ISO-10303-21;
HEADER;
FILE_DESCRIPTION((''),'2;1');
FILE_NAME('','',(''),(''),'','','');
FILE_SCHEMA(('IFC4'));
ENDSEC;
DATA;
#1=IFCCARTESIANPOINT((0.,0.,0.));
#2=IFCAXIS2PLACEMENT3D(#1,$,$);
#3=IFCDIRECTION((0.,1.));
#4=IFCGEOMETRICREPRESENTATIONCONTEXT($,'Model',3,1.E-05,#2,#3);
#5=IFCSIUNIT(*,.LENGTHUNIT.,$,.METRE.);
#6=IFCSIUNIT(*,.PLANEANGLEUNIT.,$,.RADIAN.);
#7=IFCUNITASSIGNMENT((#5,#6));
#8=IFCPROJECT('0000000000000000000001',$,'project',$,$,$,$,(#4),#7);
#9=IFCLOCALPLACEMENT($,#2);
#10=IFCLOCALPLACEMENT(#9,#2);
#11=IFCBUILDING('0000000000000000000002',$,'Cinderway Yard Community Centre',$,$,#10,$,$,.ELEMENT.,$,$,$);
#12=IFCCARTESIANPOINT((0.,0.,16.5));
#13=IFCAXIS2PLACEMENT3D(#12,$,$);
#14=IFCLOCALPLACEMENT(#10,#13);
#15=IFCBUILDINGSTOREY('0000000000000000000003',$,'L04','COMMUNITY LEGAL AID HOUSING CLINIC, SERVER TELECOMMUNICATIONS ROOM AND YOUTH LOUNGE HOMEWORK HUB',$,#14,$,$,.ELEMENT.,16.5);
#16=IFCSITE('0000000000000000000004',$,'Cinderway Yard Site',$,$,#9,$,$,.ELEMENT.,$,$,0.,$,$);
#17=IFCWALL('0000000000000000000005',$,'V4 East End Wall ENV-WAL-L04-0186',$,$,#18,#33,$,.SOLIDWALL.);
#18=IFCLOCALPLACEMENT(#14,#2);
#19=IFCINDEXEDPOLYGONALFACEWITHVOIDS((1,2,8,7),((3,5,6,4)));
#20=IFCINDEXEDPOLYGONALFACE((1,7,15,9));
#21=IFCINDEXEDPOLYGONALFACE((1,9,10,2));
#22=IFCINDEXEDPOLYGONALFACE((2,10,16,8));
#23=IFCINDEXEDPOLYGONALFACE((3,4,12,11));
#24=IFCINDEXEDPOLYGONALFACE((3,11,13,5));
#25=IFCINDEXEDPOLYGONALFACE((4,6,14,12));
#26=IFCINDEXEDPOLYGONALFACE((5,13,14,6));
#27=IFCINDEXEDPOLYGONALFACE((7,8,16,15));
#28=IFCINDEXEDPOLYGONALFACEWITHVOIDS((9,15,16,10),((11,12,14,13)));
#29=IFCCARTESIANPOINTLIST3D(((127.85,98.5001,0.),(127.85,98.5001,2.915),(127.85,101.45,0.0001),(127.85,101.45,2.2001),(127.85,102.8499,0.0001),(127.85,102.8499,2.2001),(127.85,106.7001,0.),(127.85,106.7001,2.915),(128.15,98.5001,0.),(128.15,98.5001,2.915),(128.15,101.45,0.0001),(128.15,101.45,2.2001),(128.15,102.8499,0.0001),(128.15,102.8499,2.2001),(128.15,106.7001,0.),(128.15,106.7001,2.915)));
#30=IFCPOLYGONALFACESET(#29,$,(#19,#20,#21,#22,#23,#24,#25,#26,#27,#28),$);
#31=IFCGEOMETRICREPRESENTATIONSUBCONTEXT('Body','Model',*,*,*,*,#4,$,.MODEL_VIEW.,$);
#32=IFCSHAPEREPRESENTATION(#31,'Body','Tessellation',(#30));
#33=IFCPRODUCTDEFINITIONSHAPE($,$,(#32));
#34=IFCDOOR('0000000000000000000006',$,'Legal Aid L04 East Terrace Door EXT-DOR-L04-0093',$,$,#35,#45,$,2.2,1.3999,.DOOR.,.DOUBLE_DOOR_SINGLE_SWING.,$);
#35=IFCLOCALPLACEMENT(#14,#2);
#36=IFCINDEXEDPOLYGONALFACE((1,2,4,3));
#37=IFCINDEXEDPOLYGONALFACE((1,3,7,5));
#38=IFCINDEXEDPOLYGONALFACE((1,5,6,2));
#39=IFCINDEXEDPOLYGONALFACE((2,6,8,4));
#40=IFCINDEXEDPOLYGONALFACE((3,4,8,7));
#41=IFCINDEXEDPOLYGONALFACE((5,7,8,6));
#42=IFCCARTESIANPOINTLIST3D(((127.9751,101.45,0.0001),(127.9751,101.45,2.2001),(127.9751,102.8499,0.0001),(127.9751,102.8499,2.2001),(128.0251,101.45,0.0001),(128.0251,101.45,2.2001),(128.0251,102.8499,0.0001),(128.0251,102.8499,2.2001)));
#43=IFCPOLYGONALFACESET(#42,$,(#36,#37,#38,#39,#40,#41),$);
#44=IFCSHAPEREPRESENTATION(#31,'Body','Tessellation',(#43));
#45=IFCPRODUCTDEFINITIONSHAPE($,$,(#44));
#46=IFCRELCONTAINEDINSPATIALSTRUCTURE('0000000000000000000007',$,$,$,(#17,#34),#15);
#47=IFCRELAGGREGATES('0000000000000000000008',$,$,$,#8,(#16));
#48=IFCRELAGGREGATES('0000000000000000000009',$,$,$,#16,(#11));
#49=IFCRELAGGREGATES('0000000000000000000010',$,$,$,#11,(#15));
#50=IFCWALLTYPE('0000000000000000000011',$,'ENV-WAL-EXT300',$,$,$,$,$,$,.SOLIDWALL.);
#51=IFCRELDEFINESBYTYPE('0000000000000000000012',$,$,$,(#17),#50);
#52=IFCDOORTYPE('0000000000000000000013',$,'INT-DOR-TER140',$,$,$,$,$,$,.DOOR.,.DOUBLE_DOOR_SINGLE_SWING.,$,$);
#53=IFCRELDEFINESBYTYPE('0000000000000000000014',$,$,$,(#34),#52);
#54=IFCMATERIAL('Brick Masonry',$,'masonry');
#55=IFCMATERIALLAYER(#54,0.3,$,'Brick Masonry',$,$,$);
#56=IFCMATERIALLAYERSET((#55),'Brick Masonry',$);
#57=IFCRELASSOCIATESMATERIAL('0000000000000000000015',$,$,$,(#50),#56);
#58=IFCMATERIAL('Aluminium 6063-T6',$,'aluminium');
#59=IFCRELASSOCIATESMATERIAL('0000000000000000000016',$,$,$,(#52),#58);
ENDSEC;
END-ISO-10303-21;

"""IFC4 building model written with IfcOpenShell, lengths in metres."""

from ifc_helpers import new_model, si_unit, direction, frame, frame_2d, origin, place, context, subcontext, project, spatial, rectangle, extrude, material, layer, layer_set, type_object, element, fill, save


model = new_model("IFC4")

# Units and contexts
model_context = context("Model", 3, precision=1e-05, world=origin(), true_north=direction((0.0, 1.0)))
body_context = subcontext(model_context, "Body", "Model", "MODEL_VIEW")
ifc_project = project(units=[si_unit("LENGTHUNIT", "METRE"), si_unit("PLANEANGLEUNIT", "RADIAN")], contexts=[model_context])

# Site, building, storey
site_placement = place(None, origin())
site = spatial("IfcSite", under=ifc_project, at=site_placement, Name="Cinderway Yard Site", CompositionType="ELEMENT", RefElevation=0.0)
building_placement = place(site_placement, origin())
building = spatial("IfcBuilding", under=site, at=building_placement, Name="Cinderway Yard Community Centre", CompositionType="ELEMENT")
storey_placement = place(building_placement, frame((0.0, 0.0, 16.5)))
storey = spatial("IfcBuildingStorey", under=building, at=storey_placement, Name="L04", Description="COMMUNITY LEGAL AID HOUSING CLINIC, SERVER TELECOMMUNICATIONS ROOM AND YOUTH LOUNGE HOMEWORK HUB", CompositionType="ELEMENT", Elevation=16.5)

# Shared definitions
ifc_material_1 = material(Name="Aluminium 6063-T6", Category="aluminium")

# Wall, opening, door
ifc_material_2 = material(Name="Brick Masonry", Category="masonry")
ifc_layer_1 = layer(ifc_material_2, 0.3, Name="Brick Masonry")
ifc_layer_set_1 = layer_set([ifc_layer_1], Name="Brick Masonry")
wall_type = type_object("IfcWallType", Name="ENV-WAL-EXT300", PredefinedType="SOLIDWALL", material=ifc_layer_set_1)
wall_placement = place(storey_placement, frame((128.0, 98.5, 0.0), z_axis=(0.0, 0.0, 1.0), x_axis=(0.0, 1.0, 0.0)))
wall = element("IfcWall", 1, at=wall_placement, inside=storey, type_object=wall_type, Name="V4 East End Wall ENV-WAL-L04-0186", PredefinedType="SOLIDWALL", context=body_context, shape_type="SweptSolid", body=[
    extrude(rectangle(XDim=8.2, YDim=0.3, at=frame_2d((4.1001, 0.0))), origin(), (0.0, 0.0, 1.0), 2.915),
])
opening_placement = place(wall_placement, frame((2.95, 0.0, 0.0)))
opening = element("IfcOpeningElement", 2, at=opening_placement, cuts=wall, PredefinedType="OPENING", context=body_context, shape_type="SweptSolid", body=[
    extrude(rectangle(XDim=1.3999, YDim=2.2, at=frame_2d((0.7, 1.1001))), frame((0.0, 0.1599, 0.0), z_axis=(0.0, -1.0, 0.0), x_axis=(1.0, 0.0, 0.0)), (0.0, 0.0, 1.0), 0.3201),
])
door_type = type_object("IfcDoorType", Name="INT-DOR-TER140", OperationType="DOUBLE_DOOR_SINGLE_SWING", PredefinedType="DOOR", material=ifc_material_1)
door_placement = place(opening_placement, origin())
door = element("IfcDoor", 3, at=door_placement, inside=storey, type_object=door_type, Name="Legal Aid L04 East Terrace Door EXT-DOR-L04-0093", OperationType="DOUBLE_DOOR_SINGLE_SWING", OverallHeight=2.2, OverallWidth=1.3999, PredefinedType="DOOR", context=body_context, shape_type="SweptSolid", body=[
    extrude(rectangle(XDim=1.3999, YDim=2.2, at=frame_2d((0.7, 1.1001))), frame((0.0, 0.0249, 0.0), z_axis=(0.0, -1.0, 0.0), x_axis=(1.0, 0.0, 0.0)), (0.0, 0.0, 1.0), 0.05),
])
fill(opening, door)

save(model, "model.ifc")
